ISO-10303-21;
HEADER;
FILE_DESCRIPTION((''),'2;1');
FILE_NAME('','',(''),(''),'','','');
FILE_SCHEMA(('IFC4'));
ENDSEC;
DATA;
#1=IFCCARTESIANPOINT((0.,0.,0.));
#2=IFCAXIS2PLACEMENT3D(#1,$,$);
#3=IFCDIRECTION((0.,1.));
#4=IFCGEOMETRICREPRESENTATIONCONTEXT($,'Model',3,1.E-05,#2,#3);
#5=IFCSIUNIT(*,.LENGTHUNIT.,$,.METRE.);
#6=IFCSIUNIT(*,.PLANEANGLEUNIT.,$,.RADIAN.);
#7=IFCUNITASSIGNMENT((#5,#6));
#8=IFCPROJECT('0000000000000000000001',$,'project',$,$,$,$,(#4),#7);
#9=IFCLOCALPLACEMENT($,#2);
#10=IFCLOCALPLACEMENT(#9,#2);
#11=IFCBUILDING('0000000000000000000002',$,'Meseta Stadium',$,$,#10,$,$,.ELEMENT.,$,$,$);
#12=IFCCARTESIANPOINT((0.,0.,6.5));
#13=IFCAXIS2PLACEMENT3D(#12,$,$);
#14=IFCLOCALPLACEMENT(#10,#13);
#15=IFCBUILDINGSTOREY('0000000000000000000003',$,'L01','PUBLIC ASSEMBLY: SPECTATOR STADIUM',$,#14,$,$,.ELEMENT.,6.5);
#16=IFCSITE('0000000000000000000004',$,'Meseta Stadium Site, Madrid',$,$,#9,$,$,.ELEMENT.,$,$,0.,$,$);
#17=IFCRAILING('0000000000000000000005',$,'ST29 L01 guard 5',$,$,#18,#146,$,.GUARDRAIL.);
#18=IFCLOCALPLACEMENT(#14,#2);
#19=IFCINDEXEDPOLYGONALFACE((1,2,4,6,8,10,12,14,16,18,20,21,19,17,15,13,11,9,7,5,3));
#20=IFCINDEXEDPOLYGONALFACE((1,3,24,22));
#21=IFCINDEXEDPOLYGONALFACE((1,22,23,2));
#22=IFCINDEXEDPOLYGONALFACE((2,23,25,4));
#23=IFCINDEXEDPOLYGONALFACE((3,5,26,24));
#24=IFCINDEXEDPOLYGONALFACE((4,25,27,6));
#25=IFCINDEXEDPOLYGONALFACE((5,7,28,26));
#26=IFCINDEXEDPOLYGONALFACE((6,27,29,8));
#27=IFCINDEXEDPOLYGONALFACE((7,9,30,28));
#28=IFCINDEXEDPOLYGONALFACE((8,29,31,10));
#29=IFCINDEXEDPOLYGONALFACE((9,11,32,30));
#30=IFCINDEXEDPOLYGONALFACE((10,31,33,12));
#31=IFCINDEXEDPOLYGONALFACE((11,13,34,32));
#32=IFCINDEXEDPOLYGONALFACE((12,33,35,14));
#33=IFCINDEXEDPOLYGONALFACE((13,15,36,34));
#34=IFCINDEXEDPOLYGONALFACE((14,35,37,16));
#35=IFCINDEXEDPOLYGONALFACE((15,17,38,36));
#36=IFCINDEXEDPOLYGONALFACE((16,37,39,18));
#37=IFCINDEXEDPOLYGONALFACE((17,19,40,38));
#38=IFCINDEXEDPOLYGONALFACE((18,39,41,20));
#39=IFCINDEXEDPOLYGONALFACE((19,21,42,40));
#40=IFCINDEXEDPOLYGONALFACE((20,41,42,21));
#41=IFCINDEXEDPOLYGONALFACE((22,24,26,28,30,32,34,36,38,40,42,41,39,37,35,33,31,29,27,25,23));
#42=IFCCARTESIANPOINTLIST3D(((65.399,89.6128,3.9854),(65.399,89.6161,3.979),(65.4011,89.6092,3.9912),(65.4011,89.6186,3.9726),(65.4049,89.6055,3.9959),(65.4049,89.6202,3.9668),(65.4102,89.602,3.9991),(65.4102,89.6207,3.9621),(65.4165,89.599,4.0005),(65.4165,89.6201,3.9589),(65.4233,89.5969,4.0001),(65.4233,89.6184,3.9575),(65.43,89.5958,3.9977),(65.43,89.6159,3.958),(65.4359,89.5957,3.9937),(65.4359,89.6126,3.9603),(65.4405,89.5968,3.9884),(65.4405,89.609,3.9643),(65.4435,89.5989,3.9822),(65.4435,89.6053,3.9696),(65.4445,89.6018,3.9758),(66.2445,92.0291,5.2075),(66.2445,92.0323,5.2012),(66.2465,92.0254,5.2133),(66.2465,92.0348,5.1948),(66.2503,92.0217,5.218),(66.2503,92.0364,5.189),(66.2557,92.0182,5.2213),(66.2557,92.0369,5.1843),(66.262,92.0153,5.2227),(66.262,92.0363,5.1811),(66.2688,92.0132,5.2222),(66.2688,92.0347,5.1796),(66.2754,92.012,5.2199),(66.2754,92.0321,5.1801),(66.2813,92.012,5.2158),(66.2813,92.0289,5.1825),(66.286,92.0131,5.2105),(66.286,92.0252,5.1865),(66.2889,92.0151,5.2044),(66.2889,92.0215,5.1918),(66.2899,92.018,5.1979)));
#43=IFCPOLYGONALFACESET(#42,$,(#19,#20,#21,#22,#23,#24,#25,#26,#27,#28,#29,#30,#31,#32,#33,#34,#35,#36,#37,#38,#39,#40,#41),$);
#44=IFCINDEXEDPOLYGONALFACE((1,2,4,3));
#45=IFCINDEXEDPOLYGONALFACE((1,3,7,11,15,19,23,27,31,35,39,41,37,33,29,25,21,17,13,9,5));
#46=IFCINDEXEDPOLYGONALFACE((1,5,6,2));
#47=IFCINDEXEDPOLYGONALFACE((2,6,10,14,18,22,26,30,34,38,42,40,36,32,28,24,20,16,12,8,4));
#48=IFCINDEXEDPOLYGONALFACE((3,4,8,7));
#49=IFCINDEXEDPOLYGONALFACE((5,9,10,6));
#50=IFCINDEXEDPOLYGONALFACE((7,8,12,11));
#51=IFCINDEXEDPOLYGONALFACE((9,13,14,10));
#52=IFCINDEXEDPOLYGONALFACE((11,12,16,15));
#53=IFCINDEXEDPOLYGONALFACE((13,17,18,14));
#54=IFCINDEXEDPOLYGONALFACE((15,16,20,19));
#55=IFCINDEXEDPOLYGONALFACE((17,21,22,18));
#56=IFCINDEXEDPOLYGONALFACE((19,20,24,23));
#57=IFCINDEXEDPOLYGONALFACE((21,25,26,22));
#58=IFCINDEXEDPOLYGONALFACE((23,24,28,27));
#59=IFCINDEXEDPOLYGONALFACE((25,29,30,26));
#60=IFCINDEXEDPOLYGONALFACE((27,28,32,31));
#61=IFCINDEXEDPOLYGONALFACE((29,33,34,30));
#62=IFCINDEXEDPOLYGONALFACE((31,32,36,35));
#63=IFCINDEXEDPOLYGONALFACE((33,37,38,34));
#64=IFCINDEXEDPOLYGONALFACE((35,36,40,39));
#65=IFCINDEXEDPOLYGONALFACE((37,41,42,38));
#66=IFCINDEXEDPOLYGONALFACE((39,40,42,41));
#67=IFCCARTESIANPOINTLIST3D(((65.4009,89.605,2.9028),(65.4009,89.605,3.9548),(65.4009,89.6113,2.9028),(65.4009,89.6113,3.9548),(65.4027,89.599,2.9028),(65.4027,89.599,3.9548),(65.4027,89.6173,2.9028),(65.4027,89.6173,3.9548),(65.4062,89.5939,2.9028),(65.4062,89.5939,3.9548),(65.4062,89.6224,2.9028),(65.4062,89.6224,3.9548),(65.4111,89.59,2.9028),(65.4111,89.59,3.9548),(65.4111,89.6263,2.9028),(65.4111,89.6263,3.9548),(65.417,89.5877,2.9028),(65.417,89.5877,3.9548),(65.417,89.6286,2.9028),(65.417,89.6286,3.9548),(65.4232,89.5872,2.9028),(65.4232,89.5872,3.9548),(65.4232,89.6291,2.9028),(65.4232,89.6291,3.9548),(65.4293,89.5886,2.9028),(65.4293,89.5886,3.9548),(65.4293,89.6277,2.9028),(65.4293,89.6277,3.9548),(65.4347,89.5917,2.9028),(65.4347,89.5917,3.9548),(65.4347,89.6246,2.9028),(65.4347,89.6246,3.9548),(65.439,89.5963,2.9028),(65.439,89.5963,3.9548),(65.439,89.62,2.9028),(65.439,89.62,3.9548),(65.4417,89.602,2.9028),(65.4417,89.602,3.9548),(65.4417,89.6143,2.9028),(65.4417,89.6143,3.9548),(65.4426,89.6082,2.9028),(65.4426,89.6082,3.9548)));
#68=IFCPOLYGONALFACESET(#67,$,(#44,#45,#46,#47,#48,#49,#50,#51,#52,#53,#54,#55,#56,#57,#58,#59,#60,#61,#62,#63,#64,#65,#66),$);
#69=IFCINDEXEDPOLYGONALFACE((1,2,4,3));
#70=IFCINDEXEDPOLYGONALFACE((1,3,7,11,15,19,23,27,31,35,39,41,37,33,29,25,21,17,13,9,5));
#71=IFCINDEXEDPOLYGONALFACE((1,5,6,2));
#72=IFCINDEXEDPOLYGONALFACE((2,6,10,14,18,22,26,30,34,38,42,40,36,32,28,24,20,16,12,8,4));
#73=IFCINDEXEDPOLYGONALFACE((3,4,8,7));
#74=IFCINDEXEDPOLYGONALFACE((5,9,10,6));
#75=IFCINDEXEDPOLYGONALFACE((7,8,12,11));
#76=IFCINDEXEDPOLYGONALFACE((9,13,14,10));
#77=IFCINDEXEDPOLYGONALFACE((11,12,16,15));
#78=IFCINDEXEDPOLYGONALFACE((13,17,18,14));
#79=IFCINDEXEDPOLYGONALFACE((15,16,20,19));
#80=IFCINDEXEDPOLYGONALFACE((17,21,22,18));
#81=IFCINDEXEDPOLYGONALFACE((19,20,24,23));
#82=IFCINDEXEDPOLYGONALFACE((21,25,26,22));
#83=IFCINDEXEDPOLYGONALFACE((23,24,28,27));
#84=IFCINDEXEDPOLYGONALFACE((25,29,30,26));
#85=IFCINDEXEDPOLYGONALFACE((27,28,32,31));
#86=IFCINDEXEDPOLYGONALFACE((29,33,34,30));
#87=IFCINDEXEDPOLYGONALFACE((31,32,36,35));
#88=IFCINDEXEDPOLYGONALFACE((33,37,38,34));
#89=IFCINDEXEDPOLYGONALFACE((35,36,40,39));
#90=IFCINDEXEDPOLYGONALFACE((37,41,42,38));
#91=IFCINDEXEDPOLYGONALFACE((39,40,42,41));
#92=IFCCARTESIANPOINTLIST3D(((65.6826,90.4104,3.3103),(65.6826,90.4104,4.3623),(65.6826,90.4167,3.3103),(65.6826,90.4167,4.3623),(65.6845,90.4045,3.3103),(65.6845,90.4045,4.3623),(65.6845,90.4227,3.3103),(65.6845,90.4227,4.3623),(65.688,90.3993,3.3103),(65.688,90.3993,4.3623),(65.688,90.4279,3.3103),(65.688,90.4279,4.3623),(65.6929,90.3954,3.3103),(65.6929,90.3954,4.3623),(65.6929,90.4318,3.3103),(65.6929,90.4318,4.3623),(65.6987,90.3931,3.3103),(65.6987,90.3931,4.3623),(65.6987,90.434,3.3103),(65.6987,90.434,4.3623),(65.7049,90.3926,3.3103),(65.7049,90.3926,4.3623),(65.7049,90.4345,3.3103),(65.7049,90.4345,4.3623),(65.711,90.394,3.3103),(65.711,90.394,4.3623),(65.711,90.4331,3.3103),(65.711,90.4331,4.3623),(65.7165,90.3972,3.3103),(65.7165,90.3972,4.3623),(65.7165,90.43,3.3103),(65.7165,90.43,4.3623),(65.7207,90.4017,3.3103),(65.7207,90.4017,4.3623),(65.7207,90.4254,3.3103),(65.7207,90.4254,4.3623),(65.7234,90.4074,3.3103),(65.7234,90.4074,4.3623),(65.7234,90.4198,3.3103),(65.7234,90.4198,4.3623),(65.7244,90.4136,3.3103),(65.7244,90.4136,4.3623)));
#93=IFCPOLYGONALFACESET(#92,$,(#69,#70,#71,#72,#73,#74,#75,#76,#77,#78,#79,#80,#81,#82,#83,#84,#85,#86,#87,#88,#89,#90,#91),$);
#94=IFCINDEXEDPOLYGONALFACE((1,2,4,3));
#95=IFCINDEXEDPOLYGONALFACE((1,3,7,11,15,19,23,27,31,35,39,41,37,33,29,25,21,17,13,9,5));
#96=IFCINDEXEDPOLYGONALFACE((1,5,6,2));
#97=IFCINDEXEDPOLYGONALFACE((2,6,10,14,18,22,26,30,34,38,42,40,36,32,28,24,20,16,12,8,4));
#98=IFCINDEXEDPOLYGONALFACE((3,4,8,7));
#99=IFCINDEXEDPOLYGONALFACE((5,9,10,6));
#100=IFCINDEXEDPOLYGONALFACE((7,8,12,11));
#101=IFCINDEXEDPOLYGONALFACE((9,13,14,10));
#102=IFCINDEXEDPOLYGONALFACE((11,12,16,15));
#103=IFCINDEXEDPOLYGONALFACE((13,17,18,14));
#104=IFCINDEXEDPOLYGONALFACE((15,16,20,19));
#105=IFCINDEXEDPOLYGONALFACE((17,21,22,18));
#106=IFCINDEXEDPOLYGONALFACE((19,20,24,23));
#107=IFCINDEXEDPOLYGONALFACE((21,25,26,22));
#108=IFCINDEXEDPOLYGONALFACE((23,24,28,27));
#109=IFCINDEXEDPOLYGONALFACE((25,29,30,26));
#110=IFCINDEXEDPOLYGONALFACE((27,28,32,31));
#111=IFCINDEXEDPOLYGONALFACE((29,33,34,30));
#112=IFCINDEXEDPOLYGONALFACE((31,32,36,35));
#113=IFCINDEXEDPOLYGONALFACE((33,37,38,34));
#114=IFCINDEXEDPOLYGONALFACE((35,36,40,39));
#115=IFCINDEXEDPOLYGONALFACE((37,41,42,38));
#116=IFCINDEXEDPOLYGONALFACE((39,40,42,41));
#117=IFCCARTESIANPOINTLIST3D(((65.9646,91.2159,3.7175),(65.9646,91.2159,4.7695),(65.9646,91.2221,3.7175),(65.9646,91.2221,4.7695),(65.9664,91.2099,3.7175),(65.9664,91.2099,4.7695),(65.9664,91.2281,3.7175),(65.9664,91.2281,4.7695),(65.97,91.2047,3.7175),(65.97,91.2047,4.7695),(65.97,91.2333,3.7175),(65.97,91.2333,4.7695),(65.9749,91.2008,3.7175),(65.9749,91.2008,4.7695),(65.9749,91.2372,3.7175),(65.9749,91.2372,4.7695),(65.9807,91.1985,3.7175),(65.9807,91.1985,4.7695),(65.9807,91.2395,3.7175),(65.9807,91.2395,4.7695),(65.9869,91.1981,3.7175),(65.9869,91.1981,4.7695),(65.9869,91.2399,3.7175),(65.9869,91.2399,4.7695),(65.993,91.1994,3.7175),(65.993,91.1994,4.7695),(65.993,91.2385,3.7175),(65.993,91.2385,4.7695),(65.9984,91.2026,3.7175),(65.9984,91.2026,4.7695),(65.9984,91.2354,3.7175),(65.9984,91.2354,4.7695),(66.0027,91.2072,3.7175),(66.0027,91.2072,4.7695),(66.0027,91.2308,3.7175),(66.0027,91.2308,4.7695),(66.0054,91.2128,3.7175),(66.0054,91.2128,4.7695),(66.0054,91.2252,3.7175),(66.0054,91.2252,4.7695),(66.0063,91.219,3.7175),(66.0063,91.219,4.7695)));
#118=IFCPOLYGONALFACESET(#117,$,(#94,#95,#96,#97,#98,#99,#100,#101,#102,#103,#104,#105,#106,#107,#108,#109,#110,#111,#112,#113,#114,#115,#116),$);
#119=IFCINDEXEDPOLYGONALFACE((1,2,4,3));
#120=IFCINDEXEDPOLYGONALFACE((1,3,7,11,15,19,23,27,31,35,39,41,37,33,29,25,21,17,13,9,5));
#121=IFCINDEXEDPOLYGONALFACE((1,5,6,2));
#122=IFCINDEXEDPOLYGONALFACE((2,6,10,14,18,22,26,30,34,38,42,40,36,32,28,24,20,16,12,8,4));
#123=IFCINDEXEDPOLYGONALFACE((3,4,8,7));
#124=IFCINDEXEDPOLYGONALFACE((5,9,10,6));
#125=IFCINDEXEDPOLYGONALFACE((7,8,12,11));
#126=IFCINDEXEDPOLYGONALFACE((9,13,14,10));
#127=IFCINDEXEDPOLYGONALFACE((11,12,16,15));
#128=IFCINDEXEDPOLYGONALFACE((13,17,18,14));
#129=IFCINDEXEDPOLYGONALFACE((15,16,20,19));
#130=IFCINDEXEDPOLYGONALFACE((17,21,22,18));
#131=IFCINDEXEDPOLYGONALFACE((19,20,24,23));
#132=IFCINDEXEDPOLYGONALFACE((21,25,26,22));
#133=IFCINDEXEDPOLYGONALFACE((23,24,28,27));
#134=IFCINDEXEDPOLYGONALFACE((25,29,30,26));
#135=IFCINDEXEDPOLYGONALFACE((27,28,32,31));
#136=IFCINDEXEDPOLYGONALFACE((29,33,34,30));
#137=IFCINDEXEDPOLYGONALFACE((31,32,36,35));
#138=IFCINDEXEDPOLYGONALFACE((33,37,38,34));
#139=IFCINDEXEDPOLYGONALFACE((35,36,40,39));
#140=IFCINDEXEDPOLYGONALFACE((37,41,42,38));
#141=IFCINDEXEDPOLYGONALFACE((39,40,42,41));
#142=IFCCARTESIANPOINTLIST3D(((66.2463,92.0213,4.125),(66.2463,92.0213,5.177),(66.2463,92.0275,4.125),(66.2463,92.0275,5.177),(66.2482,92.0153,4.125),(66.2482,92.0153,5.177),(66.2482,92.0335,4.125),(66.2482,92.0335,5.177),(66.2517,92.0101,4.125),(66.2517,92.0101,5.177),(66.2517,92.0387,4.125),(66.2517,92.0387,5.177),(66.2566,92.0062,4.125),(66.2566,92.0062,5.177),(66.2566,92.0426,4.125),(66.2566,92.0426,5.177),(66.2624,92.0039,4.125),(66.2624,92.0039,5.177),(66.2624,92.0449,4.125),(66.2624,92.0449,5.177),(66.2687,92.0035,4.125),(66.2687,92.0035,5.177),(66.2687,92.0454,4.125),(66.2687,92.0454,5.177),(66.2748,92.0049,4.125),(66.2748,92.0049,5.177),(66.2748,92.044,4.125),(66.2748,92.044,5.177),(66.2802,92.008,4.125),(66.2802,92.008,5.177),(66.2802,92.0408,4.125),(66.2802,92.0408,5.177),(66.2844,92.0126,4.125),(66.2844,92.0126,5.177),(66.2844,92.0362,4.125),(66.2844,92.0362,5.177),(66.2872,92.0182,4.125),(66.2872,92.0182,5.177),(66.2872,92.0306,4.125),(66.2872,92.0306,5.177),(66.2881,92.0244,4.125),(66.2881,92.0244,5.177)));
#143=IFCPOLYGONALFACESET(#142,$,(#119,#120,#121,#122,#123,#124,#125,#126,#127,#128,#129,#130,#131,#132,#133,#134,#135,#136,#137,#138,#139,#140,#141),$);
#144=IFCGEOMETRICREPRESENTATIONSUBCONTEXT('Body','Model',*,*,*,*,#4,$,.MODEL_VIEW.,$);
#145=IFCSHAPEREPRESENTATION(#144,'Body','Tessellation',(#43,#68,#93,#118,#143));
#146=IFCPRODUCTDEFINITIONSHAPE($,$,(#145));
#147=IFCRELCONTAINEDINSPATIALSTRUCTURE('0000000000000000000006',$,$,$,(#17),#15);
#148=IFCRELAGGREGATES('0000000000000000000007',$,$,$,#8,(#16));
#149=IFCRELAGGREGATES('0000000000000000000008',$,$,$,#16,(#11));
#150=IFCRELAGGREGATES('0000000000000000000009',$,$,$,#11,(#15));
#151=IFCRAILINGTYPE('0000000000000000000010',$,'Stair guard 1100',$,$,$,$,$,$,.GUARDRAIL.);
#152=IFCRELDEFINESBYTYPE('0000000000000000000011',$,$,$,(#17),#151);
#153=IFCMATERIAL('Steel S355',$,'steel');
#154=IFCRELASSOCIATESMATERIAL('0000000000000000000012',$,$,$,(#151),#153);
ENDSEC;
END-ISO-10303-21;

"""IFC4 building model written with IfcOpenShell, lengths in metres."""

from ifc_helpers import new_model, si_unit, direction, frame, origin, origin_2d, place, context, subcontext, project, spatial, circle, extrude, material, type_object, element, save


model = new_model("IFC4")

# Units and contexts
model_context = context("Model", 3, precision=1e-05, world=origin(), true_north=direction((0.0, 1.0)))
body_context = subcontext(model_context, "Body", "Model", "MODEL_VIEW")
ifc_project = project(units=[si_unit("LENGTHUNIT", "METRE"), si_unit("PLANEANGLEUNIT", "RADIAN")], contexts=[model_context])

# Site, building, storey
site_placement = place(None, origin())
site = spatial("IfcSite", under=ifc_project, at=site_placement, Name="Meseta Stadium Site, Madrid", CompositionType="ELEMENT", RefElevation=0.0)
building_placement = place(site_placement, origin())
building = spatial("IfcBuilding", under=site, at=building_placement, Name="Meseta Stadium", CompositionType="ELEMENT")
storey_placement = place(building_placement, frame((0.0, 0.0, 6.5)))
storey = spatial("IfcBuildingStorey", under=building, at=storey_placement, Name="L01", Description="PUBLIC ASSEMBLY: SPECTATOR STADIUM", CompositionType="ELEMENT", Elevation=6.5)

# Railing
ifc_material_1 = material(Name="Steel S355", Category="steel")
railing_type_1 = type_object("IfcRailingType", Name="Stair guard 1100", PredefinedType="GUARDRAIL", material=ifc_material_1)
railing_1_placement = place(storey_placement, frame((65.4216, 89.6082, 2.9028)))
element("IfcRailing", 1, at=railing_1_placement, inside=storey, type_object=railing_type_1, Name="ST29 L01 guard 5", PredefinedType="GUARDRAIL", context=body_context, shape_type="SweptSolid", body=[
    extrude(circle(Radius=0.0239, at=origin_2d()), frame((0.0, 0.0, 1.0762), z_axis=(0.298044, 0.851789, 0.430843), x_axis=(-0.943887, 0.33027, 0.0)), (0.0, 0.0, 1.0), 2.8367),
    extrude(circle(Radius=0.021, at=origin_2d()), origin(), (0.0, 0.0, 1.0), 1.052),
    extrude(circle(Radius=0.021, at=origin_2d()), frame((0.2817, 0.8054, 0.4075)), (0.0, 0.0, 1.0), 1.052),
    extrude(circle(Radius=0.021, at=origin_2d()), frame((0.5637, 1.6108, 0.8147)), (0.0, 0.0, 1.0), 1.052),
    extrude(circle(Radius=0.021, at=origin_2d()), frame((0.8455, 2.4163, 1.2222)), (0.0, 0.0, 1.0), 1.052),
])

save(model, "model.ifc")
